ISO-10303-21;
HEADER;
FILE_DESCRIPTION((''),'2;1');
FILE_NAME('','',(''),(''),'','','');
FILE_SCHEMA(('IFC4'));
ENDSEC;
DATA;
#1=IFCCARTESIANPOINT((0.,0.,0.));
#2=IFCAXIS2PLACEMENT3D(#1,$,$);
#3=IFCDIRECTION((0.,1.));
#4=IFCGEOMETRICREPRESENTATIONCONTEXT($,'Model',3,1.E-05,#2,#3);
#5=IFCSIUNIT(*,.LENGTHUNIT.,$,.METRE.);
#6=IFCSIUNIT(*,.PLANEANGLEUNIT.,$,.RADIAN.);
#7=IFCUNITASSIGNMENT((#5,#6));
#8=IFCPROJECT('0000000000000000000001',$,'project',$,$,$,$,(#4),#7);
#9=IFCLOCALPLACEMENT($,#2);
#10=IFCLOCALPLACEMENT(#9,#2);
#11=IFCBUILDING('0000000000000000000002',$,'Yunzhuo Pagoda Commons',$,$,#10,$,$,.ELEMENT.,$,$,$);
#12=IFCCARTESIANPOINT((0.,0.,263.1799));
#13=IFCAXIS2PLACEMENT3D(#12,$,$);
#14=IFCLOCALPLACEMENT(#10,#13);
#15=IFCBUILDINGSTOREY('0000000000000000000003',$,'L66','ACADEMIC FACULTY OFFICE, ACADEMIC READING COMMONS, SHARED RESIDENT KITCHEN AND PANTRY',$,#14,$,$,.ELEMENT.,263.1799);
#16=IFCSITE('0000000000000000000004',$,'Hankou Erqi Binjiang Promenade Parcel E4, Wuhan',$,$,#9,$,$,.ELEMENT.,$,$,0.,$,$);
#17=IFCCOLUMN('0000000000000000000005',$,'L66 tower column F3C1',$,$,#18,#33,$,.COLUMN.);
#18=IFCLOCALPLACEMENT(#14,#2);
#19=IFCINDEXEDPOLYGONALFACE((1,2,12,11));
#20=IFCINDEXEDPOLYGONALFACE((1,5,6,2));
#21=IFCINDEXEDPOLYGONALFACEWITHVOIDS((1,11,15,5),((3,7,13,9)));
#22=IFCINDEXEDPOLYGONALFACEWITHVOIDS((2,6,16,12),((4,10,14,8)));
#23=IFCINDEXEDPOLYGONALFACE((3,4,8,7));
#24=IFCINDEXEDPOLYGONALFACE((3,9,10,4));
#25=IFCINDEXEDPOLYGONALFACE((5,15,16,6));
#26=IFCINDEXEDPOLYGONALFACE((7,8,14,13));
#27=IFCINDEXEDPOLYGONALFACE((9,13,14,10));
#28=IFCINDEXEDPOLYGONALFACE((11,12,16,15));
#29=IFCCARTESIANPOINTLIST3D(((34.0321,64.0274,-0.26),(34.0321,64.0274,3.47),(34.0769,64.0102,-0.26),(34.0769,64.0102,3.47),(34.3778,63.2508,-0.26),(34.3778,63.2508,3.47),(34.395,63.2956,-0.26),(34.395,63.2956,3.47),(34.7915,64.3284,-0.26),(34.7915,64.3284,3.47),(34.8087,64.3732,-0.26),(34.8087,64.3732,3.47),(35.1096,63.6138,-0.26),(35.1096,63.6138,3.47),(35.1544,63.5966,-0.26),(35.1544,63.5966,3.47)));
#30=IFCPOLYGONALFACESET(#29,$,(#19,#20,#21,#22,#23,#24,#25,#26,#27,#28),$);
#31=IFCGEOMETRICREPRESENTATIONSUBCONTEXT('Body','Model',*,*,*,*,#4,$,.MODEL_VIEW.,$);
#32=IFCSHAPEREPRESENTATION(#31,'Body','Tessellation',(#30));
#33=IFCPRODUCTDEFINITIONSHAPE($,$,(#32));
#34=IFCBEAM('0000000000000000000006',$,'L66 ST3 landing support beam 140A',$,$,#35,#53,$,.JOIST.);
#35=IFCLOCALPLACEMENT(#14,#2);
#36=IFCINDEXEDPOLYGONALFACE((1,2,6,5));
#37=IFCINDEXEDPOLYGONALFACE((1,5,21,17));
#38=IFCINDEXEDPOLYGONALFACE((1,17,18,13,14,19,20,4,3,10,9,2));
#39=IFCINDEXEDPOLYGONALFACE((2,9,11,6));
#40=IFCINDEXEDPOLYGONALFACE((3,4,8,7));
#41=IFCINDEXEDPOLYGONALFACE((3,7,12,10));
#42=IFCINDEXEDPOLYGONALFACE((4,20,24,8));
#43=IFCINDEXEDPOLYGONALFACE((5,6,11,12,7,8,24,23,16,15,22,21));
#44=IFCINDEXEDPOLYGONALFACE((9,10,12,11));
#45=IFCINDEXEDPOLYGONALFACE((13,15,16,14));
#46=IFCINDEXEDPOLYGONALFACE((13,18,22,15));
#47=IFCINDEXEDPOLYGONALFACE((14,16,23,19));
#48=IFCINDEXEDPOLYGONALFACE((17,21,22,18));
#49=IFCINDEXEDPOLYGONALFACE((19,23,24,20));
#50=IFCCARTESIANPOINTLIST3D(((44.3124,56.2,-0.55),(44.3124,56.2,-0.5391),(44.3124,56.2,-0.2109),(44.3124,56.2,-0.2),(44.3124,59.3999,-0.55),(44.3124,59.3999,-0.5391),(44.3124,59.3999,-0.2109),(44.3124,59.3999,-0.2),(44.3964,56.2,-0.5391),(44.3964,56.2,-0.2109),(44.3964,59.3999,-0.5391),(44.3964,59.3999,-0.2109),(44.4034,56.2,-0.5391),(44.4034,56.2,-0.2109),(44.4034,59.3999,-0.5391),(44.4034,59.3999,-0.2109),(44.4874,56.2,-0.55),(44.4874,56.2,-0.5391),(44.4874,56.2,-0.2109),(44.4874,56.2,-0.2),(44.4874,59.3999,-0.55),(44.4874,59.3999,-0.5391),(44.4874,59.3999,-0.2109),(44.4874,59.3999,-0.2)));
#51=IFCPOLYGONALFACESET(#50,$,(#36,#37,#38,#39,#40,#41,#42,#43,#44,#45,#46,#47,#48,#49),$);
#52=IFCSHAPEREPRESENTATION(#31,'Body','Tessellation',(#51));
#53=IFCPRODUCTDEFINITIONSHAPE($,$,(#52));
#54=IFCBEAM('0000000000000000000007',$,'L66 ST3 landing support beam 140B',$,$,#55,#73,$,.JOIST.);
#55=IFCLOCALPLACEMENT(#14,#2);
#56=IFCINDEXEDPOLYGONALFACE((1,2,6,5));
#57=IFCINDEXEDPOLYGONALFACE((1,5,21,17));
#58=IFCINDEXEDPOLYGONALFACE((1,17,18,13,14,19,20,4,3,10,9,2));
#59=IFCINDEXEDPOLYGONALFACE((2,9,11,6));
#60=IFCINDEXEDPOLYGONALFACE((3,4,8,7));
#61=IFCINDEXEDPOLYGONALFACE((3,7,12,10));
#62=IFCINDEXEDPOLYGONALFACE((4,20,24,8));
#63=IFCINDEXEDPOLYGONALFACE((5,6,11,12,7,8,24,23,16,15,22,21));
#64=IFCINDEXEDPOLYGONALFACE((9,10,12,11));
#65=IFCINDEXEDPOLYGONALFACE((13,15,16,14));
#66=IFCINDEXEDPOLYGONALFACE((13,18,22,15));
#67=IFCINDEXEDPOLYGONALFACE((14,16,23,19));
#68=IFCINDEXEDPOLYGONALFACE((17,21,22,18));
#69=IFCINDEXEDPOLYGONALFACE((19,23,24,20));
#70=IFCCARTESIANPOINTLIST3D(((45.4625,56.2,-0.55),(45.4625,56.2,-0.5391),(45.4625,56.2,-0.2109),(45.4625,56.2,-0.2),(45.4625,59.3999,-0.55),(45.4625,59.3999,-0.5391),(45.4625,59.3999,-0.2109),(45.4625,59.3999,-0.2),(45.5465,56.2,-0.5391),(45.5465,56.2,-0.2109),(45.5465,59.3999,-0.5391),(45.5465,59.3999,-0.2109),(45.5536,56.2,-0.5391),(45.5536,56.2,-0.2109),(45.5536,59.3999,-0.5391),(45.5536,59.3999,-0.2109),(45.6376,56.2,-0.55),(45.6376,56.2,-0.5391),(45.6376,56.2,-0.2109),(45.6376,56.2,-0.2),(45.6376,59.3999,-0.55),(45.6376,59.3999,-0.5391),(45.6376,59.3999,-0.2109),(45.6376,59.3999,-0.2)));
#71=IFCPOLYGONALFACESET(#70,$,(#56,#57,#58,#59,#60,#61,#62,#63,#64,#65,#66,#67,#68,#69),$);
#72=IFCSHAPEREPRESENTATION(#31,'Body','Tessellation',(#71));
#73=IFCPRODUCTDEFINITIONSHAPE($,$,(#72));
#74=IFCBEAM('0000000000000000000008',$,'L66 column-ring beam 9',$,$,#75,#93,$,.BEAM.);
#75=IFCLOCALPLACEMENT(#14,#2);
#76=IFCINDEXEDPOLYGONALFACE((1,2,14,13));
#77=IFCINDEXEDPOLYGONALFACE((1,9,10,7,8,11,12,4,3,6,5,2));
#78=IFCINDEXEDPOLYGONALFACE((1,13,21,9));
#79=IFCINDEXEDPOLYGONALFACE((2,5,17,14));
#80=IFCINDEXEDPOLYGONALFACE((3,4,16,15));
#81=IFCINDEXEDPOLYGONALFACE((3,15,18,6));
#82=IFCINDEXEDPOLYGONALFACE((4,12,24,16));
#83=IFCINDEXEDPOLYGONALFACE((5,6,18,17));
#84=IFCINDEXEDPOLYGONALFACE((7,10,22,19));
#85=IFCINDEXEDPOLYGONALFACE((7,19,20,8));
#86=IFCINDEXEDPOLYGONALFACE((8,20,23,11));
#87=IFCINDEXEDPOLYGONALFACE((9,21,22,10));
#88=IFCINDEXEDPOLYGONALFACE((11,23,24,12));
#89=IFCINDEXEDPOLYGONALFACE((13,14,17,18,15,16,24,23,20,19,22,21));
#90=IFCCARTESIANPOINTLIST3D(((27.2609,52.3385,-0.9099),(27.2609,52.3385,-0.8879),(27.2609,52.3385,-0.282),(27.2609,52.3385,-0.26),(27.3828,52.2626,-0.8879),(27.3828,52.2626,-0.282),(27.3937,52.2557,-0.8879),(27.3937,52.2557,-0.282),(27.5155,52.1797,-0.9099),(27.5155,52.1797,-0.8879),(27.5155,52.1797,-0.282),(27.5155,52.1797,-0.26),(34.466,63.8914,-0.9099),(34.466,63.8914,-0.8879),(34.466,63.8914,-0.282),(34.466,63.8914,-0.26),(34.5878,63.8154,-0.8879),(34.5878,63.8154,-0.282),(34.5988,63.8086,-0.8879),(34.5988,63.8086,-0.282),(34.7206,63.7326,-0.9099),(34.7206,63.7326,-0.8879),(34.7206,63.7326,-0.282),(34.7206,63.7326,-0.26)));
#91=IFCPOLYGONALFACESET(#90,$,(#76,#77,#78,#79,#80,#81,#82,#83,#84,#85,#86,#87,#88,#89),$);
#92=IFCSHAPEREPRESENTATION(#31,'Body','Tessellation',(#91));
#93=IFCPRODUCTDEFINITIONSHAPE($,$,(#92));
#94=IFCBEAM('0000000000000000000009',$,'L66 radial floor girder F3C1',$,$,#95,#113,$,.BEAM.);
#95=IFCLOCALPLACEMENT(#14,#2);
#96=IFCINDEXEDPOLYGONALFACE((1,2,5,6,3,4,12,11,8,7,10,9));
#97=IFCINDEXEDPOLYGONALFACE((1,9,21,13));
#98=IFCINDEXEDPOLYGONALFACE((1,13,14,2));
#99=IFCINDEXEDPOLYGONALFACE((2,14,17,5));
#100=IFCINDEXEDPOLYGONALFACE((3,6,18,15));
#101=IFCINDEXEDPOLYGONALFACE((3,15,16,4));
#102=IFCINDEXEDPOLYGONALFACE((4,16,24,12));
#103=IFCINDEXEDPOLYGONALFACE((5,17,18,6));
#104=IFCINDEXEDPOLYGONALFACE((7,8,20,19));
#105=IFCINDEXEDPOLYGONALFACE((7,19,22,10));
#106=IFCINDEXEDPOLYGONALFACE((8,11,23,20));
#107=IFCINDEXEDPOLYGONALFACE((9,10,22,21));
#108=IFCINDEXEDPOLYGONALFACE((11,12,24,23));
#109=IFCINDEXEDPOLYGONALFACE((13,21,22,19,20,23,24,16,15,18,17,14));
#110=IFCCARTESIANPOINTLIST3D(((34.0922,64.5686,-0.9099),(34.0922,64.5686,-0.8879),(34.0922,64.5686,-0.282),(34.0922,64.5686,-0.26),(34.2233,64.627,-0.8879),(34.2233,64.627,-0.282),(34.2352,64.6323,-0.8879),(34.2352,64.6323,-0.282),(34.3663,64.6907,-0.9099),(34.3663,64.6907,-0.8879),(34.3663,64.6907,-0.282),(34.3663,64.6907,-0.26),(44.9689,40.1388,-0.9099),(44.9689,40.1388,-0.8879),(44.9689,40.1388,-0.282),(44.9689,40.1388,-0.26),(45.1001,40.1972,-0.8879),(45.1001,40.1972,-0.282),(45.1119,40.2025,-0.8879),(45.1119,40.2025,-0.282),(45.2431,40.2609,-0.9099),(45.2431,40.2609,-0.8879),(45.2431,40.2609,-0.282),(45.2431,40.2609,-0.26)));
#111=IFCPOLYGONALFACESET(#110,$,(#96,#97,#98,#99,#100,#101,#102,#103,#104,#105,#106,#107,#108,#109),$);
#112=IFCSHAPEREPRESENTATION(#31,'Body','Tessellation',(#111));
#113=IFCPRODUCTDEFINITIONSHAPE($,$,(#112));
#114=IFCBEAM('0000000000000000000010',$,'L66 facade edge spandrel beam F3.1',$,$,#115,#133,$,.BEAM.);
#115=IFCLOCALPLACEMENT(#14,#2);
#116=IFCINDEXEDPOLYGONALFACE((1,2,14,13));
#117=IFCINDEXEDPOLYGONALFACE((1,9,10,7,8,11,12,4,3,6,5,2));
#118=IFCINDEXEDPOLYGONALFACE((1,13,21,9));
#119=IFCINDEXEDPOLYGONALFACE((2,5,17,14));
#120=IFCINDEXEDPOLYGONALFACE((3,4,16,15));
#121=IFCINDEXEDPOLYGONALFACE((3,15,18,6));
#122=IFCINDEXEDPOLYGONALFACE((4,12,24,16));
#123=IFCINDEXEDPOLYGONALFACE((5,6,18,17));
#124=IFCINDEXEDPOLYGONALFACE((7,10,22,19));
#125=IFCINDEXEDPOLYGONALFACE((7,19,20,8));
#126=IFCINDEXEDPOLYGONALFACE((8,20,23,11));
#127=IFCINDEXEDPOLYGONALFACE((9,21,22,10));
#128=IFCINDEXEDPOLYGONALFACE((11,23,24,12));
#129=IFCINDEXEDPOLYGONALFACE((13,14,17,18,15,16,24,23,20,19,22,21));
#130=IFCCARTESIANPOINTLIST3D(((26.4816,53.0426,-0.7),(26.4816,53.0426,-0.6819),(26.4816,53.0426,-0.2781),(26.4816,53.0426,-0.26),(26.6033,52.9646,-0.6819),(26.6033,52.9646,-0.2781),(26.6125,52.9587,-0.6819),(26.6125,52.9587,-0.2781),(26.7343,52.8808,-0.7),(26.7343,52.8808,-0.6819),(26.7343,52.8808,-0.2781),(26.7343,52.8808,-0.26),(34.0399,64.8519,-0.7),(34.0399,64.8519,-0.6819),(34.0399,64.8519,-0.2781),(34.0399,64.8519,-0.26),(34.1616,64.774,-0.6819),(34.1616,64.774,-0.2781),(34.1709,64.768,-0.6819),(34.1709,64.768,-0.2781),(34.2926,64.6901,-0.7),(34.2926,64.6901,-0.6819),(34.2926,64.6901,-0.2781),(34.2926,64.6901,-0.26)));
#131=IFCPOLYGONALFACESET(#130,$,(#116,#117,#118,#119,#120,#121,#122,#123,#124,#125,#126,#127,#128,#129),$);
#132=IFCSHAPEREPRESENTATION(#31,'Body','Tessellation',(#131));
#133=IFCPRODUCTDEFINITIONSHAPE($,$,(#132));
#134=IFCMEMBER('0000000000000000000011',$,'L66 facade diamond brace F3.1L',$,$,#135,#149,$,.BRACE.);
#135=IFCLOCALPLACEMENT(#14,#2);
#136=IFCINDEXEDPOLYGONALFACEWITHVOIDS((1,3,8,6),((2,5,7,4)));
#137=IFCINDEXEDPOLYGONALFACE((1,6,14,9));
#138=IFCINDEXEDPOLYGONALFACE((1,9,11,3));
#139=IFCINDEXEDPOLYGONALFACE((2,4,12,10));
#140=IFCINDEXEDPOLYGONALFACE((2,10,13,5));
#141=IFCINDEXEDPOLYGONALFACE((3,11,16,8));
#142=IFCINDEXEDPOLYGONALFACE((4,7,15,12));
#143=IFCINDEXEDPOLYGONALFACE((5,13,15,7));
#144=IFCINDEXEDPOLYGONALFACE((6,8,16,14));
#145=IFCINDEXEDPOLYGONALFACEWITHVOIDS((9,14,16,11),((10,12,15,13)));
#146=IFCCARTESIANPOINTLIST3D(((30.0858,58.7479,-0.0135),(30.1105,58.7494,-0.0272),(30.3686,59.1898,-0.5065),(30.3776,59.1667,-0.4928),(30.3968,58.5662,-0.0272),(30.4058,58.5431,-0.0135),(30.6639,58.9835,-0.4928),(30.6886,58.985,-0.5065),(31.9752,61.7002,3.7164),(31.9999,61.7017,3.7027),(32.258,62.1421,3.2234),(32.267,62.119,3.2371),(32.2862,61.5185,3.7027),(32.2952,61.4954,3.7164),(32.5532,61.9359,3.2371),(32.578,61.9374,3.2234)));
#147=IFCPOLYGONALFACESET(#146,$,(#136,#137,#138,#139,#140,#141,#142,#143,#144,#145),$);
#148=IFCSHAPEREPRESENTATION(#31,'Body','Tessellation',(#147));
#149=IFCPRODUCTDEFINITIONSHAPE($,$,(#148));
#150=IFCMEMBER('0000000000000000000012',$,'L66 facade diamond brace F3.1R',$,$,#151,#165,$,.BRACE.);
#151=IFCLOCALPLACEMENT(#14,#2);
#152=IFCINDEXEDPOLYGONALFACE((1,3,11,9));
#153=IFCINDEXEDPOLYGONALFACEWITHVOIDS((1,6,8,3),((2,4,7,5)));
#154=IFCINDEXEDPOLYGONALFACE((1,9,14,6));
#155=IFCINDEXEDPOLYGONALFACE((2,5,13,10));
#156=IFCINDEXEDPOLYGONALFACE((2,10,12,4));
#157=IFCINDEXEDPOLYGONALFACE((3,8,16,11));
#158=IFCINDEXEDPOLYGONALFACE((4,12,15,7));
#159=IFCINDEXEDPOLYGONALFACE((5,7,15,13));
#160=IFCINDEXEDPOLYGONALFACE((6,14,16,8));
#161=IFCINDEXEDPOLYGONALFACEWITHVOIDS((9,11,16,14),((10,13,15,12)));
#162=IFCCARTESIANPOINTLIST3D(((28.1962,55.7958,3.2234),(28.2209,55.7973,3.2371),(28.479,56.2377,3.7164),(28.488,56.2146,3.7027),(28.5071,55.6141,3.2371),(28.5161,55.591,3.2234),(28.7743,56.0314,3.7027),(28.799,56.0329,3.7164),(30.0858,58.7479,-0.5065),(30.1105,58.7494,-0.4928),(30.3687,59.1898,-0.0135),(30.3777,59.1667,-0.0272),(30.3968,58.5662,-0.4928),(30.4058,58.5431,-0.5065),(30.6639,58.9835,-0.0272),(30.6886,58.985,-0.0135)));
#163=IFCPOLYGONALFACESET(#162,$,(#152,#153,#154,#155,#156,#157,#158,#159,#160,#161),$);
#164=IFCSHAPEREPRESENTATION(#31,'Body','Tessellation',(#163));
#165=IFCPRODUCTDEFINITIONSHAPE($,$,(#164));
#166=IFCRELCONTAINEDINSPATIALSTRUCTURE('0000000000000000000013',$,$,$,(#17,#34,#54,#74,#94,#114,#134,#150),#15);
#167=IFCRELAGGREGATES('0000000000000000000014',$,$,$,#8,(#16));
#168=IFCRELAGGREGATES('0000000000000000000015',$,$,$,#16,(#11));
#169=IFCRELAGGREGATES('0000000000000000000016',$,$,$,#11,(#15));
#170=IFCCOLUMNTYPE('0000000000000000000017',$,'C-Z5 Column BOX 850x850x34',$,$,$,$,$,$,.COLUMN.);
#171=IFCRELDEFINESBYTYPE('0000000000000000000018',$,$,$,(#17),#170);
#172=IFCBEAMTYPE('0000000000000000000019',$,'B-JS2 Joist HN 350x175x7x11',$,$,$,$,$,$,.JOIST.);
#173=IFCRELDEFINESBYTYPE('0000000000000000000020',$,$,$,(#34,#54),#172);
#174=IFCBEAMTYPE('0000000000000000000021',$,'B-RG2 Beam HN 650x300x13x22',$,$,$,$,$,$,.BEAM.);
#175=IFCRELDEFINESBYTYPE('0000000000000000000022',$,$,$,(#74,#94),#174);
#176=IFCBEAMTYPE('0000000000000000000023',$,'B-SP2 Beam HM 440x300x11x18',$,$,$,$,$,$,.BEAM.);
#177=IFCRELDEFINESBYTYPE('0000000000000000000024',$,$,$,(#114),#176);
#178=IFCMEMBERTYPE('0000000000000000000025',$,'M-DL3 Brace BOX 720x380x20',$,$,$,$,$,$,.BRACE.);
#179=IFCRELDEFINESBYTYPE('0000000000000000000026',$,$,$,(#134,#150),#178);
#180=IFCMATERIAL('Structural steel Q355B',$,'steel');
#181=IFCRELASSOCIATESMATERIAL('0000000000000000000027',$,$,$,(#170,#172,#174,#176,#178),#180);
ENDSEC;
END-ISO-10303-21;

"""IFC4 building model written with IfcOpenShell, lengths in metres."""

from ifc_helpers import new_model, si_unit, direction, frame, origin, origin_2d, place, context, subcontext, project, spatial, hollow_rectangle, i_section, extrude, source, transform, mapped, material, material_profile, profile_set, type_object, element, save


model = new_model("IFC4")

# Units and contexts
model_context = context("Model", 3, precision=1e-05, world=origin(), true_north=direction((0.0, 1.0)))
body_context = subcontext(model_context, "Body", "Model", "MODEL_VIEW")
ifc_project = project(units=[si_unit("LENGTHUNIT", "METRE"), si_unit("PLANEANGLEUNIT", "RADIAN")], contexts=[model_context])

# Site, building, storey
site_placement = place(None, origin())
site = spatial("IfcSite", under=ifc_project, at=site_placement, Name="Hankou Erqi Binjiang Promenade Parcel E4, Wuhan", CompositionType="ELEMENT", RefElevation=0.0)
building_placement = place(site_placement, origin())
building = spatial("IfcBuilding", under=site, at=building_placement, Name="Yunzhuo Pagoda Commons", CompositionType="ELEMENT")
storey_placement = place(building_placement, frame((0.0, 0.0, 263.1799)))
storey = spatial("IfcBuildingStorey", under=building, at=storey_placement, Name="L66", Description="ACADEMIC FACULTY OFFICE, ACADEMIC READING COMMONS, SHARED RESIDENT KITCHEN AND PANTRY", CompositionType="ELEMENT", Elevation=263.1799)

# Column
ifc_material_1 = material(Name="Structural steel Q355B", Category="steel")
ifc_material_profile_1 = material_profile(ifc_material_1, hollow_rectangle(XDim=0.8501, YDim=0.8501, WallThickness=0.0339, at=origin_2d()), Name="Structural steel Q355B")
ifc_profile_set_1 = profile_set([ifc_material_profile_1], Name="Structural steel Q355B")
column_type = type_object("IfcColumnType", Name="C-Z5 Column BOX 850x850x34", PredefinedType="COLUMN", material=ifc_profile_set_1)
shared_shape_1 = source(origin(), body_context, "Body", "SweptSolid", [
    extrude(hollow_rectangle(XDim=0.8501, YDim=0.8501, WallThickness=0.0339, at=origin_2d()), origin(), (0.0, 0.0, 1.0), 3.73),
])
column_placement = place(storey_placement, frame((34.5933, 63.812, -0.26), z_axis=(0.0, 0.0, 1.0), x_axis=(-0.913545, -0.406737, 0.0)))
element("IfcColumn", 1, at=column_placement, inside=storey, type_object=column_type, Name="L66 tower column F3C1", PredefinedType="COLUMN", context=body_context, shape_type="MappedRepresentation", body=[
    mapped(shared_shape_1, transform((0.0, 0.0, 0.0), scale=1.0)),
])

# Beams
ifc_material_profile_2 = material_profile(ifc_material_1, i_section(OverallWidth=0.175, OverallDepth=0.3501, WebThickness=0.0071, FlangeThickness=0.011, at=origin_2d()), Name="Structural steel Q355B")
ifc_profile_set_2 = profile_set([ifc_material_profile_2], Name="Structural steel Q355B")
beam_type_1 = type_object("IfcBeamType", Name="B-JS2 Joist HN 350x175x7x11", PredefinedType="JOIST", material=ifc_profile_set_2)
shared_shape_2 = source(origin(), body_context, "Body", "SweptSolid", [
    extrude(i_section(OverallWidth=0.175, OverallDepth=0.3501, WebThickness=0.0071, FlangeThickness=0.011, at=origin_2d()), origin(), (0.0, 0.0, 1.0), 3.2),
])
for number, where, z_axis, x_axis, name in (
    (2, (44.3999, 56.2, -0.375), (0.0, 1.0, 0.0), (-1.0, 0.0, 0.0), "L66 ST3 landing support beam 140A"),
    (3, (45.55, 56.2, -0.375), (0.0, 1.0, 0.0), (-1.0, 0.0, 0.0), "L66 ST3 landing support beam 140B"),
):
    element("IfcBeam", number, at=place(storey_placement, frame(where, z_axis=z_axis, x_axis=x_axis)), inside=storey, type_object=beam_type_1, Name=name, PredefinedType="JOIST", context=body_context, shape_type="MappedRepresentation", body=[
        mapped(shared_shape_2, transform((0.0, 0.0, 0.0), scale=1.0)),
    ])
ifc_material_profile_3 = material_profile(ifc_material_1, i_section(OverallWidth=0.3, OverallDepth=0.6499, WebThickness=0.0129, FlangeThickness=0.022, at=origin_2d()), Name="Structural steel Q355B")
ifc_profile_set_3 = profile_set([ifc_material_profile_3], Name="Structural steel Q355B")
beam_type_2 = type_object("IfcBeamType", Name="B-RG2 Beam HN 650x300x13x22", PredefinedType="BEAM", material=ifc_profile_set_3)
shared_shape_3 = source(origin(), body_context, "Body", "SweptSolid", [
    extrude(i_section(OverallWidth=0.3, OverallDepth=0.6499, WebThickness=0.0129, FlangeThickness=0.022, at=origin_2d()), origin(), (0.0, 0.0, 1.0), 13.6155),
])
beam_1_placement = place(storey_placement, frame((34.5933, 63.812, -0.585), z_axis=(-0.529178, -0.848511, 0.0), x_axis=(0.848511, -0.529178, 0.0)))
element("IfcBeam", 4, at=beam_1_placement, inside=storey, type_object=beam_type_2, Name="L66 column-ring beam 9", PredefinedType="BEAM", context=body_context, shape_type="MappedRepresentation", body=[
    mapped(shared_shape_3, transform((0.0, 0.0, 0.0), scale=1.0)),
])
shared_shape_4 = source(origin(), body_context, "Body", "SweptSolid", [
    extrude(i_section(OverallWidth=0.3, OverallDepth=0.6499, WebThickness=0.0129, FlangeThickness=0.022, at=origin_2d()), origin(), (0.0, 0.0, 1.0), 26.7417),
])
beam_2_placement = place(storey_placement, frame((34.2292, 64.6296, -0.585), z_axis=(0.406734, -0.913547, 0.0), x_axis=(0.913547, 0.406734, 0.0)))
element("IfcBeam", 5, at=beam_2_placement, inside=storey, type_object=beam_type_2, Name="L66 radial floor girder F3C1", PredefinedType="BEAM", context=body_context, shape_type="MappedRepresentation", body=[
    mapped(shared_shape_4, transform((0.0, 0.0, 0.0), scale=1.0)),
])
ifc_material_profile_4 = material_profile(ifc_material_1, i_section(OverallWidth=0.3, OverallDepth=0.4399, WebThickness=0.011, FlangeThickness=0.0181, at=origin_2d()), Name="Structural steel Q355B")
ifc_profile_set_4 = profile_set([ifc_material_profile_4], Name="Structural steel Q355B")
beam_type_3 = type_object("IfcBeamType", Name="B-SP2 Beam HM 440x300x11x18", PredefinedType="BEAM", material=ifc_profile_set_4)
shared_shape_5 = source(origin(), body_context, "Body", "SweptSolid", [
    extrude(i_section(OverallWidth=0.3, OverallDepth=0.4399, WebThickness=0.011, FlangeThickness=0.0181, at=origin_2d()), origin(), (0.0, 0.0, 1.0), 14.021),
])
beam_3_placement = place(storey_placement, frame((34.1663, 64.771, -0.48), z_axis=(-0.539073, -0.842259, 0.0), x_axis=(0.842259, -0.539073, 0.0)))
element("IfcBeam", 6, at=beam_3_placement, inside=storey, type_object=beam_type_3, Name="L66 facade edge spandrel beam F3.1", PredefinedType="BEAM", context=body_context, shape_type="MappedRepresentation", body=[
    mapped(shared_shape_5, transform((0.0, 0.0, 0.0), scale=1.0)),
])

# Members
ifc_material_profile_5 = material_profile(ifc_material_1, hollow_rectangle(XDim=0.3799, YDim=0.72, WallThickness=0.02, at=origin_2d()), Name="Structural steel Q355B")
ifc_profile_set_5 = profile_set([ifc_material_profile_5], Name="Structural steel Q355B")
member_type_1 = type_object("IfcMemberType", Name="M-DL3 Brace BOX 720x380x20", PredefinedType="BRACE", material=ifc_profile_set_5)
shared_shape_6 = source(origin(), body_context, "Body", "SweptSolid", [
    extrude(hollow_rectangle(XDim=0.3799, YDim=0.72, WallThickness=0.02, at=origin_2d()), origin(), (0.0, 0.0, 1.0), 5.1184),
])
for number, where, z_axis, x_axis, name in (
    (7, (30.3872, 58.8665, -0.26), (0.369131, 0.576806, 0.728723), (-0.842288, 0.539028, 0.0), "L66 facade diamond brace F3.1L"),
    (8, (30.3872, 58.8665, -0.26), (-0.369182, -0.576764, 0.72873), (0.842236, -0.539109, 0.0), "L66 facade diamond brace F3.1R"),
):
    element("IfcMember", number, at=place(storey_placement, frame(where, z_axis=z_axis, x_axis=x_axis)), inside=storey, type_object=member_type_1, Name=name, PredefinedType="BRACE", context=body_context, shape_type="MappedRepresentation", body=[
        mapped(shared_shape_6, transform((0.0, 0.0, 0.0), scale=1.0)),
    ])

save(model, "model.ifc")
